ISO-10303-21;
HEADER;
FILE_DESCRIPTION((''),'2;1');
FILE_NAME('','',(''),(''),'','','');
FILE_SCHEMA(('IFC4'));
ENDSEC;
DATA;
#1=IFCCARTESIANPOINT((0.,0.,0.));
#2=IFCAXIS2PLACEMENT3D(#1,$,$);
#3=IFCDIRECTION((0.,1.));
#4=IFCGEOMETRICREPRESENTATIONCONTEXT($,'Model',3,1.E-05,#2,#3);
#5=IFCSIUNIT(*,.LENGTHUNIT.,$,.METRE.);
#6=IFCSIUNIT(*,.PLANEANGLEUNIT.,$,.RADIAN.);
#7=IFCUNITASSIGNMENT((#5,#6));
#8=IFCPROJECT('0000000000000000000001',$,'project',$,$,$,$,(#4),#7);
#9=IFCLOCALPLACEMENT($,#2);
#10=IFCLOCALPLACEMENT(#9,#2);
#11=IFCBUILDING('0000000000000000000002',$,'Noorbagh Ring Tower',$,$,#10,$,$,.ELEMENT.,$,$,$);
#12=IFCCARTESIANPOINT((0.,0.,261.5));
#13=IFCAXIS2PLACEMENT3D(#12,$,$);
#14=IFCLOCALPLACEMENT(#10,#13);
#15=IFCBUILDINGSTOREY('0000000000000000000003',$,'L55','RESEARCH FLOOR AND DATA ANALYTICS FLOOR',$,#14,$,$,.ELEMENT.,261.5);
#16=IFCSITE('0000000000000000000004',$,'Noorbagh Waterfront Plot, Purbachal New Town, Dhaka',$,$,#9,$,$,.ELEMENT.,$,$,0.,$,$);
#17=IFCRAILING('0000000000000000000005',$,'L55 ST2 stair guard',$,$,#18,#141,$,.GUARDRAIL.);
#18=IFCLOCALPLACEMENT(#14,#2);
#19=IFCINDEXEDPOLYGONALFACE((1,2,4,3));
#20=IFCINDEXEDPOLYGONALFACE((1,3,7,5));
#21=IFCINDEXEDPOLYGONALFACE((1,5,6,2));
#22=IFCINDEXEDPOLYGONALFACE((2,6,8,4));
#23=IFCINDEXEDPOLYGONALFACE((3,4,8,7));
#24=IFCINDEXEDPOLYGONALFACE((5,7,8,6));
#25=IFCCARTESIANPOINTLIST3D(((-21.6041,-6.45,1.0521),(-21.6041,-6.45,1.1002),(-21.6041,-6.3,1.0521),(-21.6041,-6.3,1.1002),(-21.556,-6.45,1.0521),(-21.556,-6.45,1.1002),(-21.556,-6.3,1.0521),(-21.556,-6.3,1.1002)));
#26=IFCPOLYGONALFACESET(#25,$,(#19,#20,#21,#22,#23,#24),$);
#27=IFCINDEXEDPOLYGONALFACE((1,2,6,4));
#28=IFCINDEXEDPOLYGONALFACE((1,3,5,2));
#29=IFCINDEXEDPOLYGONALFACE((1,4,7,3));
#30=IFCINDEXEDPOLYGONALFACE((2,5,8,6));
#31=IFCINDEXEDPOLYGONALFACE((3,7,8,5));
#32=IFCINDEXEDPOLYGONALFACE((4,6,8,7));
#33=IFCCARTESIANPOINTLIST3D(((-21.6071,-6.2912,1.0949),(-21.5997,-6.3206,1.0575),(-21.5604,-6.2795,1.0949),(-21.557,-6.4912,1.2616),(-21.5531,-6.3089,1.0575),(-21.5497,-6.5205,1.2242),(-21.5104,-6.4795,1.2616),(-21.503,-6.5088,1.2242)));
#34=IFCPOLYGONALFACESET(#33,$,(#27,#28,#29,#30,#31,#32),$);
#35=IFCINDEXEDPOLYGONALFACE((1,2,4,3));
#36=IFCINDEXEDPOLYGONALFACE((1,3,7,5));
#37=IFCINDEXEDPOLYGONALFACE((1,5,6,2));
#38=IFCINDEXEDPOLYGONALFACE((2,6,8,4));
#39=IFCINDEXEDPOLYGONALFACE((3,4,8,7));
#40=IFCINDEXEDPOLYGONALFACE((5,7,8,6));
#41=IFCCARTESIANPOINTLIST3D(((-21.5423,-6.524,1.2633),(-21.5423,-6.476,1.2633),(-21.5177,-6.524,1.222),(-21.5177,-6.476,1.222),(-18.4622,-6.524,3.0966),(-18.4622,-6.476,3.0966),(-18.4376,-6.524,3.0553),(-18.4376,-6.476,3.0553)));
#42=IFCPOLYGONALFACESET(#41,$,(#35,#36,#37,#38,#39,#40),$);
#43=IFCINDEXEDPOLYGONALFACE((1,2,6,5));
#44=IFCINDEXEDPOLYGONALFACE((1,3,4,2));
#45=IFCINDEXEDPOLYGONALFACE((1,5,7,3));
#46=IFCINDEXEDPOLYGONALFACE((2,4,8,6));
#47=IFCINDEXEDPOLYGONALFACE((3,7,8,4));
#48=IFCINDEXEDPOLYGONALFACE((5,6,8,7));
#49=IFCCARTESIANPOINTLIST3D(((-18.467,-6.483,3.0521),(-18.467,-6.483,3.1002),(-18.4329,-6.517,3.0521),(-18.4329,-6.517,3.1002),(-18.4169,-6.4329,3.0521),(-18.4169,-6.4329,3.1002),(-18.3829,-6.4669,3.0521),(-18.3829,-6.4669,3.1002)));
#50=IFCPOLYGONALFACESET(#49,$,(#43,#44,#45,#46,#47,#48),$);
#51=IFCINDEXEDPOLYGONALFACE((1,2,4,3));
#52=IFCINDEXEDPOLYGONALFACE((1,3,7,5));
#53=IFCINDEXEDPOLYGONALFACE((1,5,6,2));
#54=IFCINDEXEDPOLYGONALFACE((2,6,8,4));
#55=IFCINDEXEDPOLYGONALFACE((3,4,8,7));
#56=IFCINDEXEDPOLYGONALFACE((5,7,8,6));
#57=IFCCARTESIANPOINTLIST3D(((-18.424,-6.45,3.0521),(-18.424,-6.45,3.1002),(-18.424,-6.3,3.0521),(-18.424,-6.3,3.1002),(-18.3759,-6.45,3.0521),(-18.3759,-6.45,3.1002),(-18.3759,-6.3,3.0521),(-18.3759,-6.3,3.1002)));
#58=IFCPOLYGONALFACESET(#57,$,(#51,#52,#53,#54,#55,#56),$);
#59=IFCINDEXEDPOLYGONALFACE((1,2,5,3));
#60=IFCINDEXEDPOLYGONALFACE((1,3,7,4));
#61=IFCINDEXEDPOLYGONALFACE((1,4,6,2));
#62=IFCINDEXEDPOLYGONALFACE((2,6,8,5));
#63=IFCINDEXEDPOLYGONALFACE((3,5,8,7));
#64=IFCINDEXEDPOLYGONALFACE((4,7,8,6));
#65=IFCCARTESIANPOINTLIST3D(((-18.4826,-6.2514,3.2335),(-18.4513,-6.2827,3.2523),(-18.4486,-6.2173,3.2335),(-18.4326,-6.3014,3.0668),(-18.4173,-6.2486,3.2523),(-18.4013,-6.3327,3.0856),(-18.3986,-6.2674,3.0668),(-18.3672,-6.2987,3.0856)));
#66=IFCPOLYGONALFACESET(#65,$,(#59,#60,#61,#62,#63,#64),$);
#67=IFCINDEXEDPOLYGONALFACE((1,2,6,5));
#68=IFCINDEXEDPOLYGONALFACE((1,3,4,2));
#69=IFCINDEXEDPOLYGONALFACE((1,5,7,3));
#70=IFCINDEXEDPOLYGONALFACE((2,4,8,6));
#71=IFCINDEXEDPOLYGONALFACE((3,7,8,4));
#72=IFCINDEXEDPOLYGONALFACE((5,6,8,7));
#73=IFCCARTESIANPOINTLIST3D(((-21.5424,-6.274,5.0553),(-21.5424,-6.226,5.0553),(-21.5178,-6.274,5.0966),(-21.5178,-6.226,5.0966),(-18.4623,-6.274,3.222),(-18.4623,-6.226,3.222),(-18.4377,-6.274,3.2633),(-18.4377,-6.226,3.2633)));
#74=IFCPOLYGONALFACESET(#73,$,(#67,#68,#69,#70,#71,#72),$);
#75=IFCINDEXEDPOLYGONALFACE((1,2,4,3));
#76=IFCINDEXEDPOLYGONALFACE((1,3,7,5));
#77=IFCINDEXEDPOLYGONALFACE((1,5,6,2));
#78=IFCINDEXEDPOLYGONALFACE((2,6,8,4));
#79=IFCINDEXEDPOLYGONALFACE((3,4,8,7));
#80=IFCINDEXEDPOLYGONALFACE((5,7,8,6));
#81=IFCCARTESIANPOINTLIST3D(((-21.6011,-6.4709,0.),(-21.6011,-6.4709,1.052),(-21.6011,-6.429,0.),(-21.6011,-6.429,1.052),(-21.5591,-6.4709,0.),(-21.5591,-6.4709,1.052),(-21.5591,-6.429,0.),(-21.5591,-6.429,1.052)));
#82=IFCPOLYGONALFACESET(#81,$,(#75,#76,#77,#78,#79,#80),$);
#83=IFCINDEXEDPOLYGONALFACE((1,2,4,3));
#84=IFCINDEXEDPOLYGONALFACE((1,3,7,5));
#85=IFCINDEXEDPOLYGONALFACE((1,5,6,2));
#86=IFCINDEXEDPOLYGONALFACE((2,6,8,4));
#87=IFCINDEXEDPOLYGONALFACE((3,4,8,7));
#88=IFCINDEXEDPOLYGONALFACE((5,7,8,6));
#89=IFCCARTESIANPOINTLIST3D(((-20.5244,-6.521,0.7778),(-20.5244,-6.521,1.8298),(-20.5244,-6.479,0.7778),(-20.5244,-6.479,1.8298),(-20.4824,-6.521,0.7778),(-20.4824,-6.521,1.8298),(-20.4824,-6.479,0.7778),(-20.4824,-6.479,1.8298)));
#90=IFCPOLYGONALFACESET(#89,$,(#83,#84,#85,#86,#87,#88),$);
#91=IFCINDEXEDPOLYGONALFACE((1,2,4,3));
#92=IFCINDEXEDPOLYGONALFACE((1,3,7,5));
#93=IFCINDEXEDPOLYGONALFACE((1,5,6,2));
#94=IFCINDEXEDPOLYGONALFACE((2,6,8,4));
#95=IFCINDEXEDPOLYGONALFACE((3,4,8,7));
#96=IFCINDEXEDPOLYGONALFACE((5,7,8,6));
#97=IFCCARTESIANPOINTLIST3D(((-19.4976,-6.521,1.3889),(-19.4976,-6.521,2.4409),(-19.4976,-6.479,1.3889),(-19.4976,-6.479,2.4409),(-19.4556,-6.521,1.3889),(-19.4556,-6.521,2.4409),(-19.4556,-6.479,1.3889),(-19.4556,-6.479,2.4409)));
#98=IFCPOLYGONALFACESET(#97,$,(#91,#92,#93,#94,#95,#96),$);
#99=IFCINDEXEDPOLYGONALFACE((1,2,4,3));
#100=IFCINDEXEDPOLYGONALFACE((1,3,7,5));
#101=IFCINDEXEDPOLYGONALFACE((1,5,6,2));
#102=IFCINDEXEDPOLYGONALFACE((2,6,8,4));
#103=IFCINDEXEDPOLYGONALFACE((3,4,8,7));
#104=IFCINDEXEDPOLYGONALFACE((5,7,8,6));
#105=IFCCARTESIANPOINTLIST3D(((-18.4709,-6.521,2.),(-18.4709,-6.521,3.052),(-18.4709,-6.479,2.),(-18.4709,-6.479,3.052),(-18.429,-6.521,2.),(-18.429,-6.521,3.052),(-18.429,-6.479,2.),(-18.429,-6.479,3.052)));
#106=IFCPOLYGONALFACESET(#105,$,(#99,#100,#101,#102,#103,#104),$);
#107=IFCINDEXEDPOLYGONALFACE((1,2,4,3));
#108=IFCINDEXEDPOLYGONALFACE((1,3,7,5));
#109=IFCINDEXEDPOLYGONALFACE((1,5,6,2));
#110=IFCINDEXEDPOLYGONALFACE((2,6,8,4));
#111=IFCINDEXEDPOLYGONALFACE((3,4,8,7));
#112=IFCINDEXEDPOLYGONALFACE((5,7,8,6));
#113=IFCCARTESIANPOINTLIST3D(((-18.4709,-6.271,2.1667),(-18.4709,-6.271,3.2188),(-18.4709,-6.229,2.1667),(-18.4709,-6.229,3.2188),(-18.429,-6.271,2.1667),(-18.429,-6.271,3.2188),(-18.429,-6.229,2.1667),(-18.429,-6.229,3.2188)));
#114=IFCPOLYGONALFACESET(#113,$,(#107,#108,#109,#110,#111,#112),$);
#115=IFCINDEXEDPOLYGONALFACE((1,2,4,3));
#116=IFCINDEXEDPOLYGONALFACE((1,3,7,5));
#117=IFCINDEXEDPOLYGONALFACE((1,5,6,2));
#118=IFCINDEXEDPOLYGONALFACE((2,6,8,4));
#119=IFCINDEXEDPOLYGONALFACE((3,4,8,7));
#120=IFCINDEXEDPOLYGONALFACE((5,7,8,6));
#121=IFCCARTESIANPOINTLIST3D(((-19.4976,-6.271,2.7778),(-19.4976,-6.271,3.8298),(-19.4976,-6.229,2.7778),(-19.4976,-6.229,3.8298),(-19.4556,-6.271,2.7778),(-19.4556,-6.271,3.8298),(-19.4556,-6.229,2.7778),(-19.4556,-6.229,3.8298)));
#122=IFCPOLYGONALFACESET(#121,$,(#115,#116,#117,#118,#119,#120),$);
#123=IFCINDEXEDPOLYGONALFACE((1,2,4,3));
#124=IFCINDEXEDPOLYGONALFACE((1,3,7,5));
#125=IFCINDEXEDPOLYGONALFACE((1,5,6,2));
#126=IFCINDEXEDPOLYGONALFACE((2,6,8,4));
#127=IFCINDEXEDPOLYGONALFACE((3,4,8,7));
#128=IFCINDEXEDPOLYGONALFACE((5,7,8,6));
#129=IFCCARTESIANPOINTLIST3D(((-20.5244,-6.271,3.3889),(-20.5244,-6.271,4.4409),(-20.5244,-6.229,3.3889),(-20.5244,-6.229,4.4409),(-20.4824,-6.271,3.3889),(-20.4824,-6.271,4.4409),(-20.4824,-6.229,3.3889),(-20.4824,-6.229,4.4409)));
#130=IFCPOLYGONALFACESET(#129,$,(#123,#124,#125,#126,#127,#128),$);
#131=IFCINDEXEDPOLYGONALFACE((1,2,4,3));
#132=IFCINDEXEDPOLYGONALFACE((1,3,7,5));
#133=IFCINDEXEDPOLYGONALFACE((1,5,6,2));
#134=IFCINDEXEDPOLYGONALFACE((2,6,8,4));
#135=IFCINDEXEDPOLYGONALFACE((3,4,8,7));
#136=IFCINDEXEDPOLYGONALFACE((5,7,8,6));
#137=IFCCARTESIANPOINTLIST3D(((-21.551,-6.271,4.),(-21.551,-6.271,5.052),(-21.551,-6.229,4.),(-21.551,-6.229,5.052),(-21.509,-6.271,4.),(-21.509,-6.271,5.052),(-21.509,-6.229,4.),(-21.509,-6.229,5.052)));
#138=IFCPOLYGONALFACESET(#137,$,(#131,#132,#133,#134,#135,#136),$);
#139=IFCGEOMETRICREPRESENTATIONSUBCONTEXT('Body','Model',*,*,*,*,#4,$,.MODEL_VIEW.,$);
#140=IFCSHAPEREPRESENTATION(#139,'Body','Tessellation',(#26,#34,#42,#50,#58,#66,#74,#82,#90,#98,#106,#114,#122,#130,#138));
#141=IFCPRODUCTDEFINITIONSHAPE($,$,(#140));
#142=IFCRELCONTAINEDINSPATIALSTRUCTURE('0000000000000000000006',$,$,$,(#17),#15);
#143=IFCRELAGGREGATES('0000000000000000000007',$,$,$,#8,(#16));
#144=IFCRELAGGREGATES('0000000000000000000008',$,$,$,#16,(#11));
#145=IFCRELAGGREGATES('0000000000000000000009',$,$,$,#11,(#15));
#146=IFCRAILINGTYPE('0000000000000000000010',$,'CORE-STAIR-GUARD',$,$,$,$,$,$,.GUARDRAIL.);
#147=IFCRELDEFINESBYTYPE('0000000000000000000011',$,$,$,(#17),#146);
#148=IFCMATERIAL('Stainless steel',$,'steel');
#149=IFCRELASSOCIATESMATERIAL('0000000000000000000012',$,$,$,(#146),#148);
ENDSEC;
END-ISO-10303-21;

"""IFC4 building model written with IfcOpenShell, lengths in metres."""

from ifc_helpers import new_model, si_unit, direction, frame, origin, origin_2d, place, context, subcontext, project, spatial, rectangle, extrude, material, type_object, element, save


model = new_model("IFC4")

# Units and contexts
model_context = context("Model", 3, precision=1e-05, world=origin(), true_north=direction((0.0, 1.0)))
body_context = subcontext(model_context, "Body", "Model", "MODEL_VIEW")
ifc_project = project(units=[si_unit("LENGTHUNIT", "METRE"), si_unit("PLANEANGLEUNIT", "RADIAN")], contexts=[model_context])

# Site, building, storey
site_placement = place(None, origin())
site = spatial("IfcSite", under=ifc_project, at=site_placement, Name="Noorbagh Waterfront Plot, Purbachal New Town, Dhaka", CompositionType="ELEMENT", RefElevation=0.0)
building_placement = place(site_placement, origin())
building = spatial("IfcBuilding", under=site, at=building_placement, Name="Noorbagh Ring Tower", CompositionType="ELEMENT")
storey_placement = place(building_placement, frame((0.0, 0.0, 261.5)))
storey = spatial("IfcBuildingStorey", under=building, at=storey_placement, Name="L55", Description="RESEARCH FLOOR AND DATA ANALYTICS FLOOR", CompositionType="ELEMENT", Elevation=261.5)

# Railing
ifc_material_1 = material(Name="Stainless steel", Category="steel")
railing_type_1 = type_object("IfcRailingType", Name="CORE-STAIR-GUARD", PredefinedType="GUARDRAIL", material=ifc_material_1)
railing_1_placement = place(storey_placement, frame((-21.5801, -6.45, 0.0)))
element("IfcRailing", 1, at=railing_1_placement, inside=storey, type_object=railing_type_1, Name="L55 ST2 stair guard", PredefinedType="GUARDRAIL", context=body_context, shape_type="SweptSolid", body=[
    extrude(rectangle(XDim=0.0481, YDim=0.0481, at=origin_2d()), frame((0.0, 0.0, 1.0762), z_axis=(0.0, 1.0, 0.0), x_axis=(-1.0, 0.0, 0.0)), (0.0, 0.0, 1.0), 0.1499),
    extrude(rectangle(XDim=0.0481, YDim=0.0481, at=origin_2d()), frame((0.0, 0.1499, 1.0762), z_axis=(0.188776, -0.754182, 0.628946), x_axis=(0.970073, 0.242814, 0.0)), (0.0, 0.0, 1.0), 0.2651),
    extrude(rectangle(XDim=0.0481, YDim=0.0481, at=origin_2d()), frame((0.05, -0.05, 1.2427), z_axis=(0.859309, 0.0, 0.511458), x_axis=(0.0, 1.0, 0.0)), (0.0, 0.0, 1.0), 3.5845),
    extrude(rectangle(XDim=0.0481, YDim=0.0481, at=origin_2d()), frame((3.1301, -0.05, 3.0762), z_axis=(0.707107, 0.707107, 0.0), x_axis=(-0.707107, 0.707107, 0.0)), (0.0, 0.0, 1.0), 0.0708),
    extrude(rectangle(XDim=0.0481, YDim=0.0481, at=origin_2d()), frame((3.1802, 0.0, 3.0762), z_axis=(0.0, 1.0, 0.0), x_axis=(-1.0, 0.0, 0.0)), (0.0, 0.0, 1.0), 0.1499),
    extrude(rectangle(XDim=0.0481, YDim=0.0481, at=origin_2d()), frame((3.1802, 0.1499, 3.0762), z_axis=(-0.276287, 0.276287, 0.920506), x_axis=(-0.707107, -0.707107, 0.0)), (0.0, 0.0, 1.0), 0.1812),
    extrude(rectangle(XDim=0.0481, YDim=0.0481, at=origin_2d()), frame((3.1301, 0.2, 3.2427), z_axis=(-0.859309, 0.0, 0.511458), x_axis=(0.0, -1.0, 0.0)), (0.0, 0.0, 1.0), 3.5845),
    extrude(rectangle(XDim=0.042, YDim=0.042, at=origin_2d()), origin(), (0.0, 0.0, 1.0), 1.052),
    extrude(rectangle(XDim=0.042, YDim=0.042, at=origin_2d()), frame((1.0767, -0.05, 0.7778)), (0.0, 0.0, 1.0), 1.052),
    extrude(rectangle(XDim=0.042, YDim=0.042, at=origin_2d()), frame((2.1035, -0.05, 1.3889)), (0.0, 0.0, 1.0), 1.052),
    extrude(rectangle(XDim=0.042, YDim=0.042, at=origin_2d()), frame((3.1301, -0.05, 2.0)), (0.0, 0.0, 1.0), 1.052),
    extrude(rectangle(XDim=0.042, YDim=0.042, at=origin_2d()), frame((3.1301, 0.2, 2.1667)), (0.0, 0.0, 1.0), 1.052),
    extrude(rectangle(XDim=0.042, YDim=0.042, at=origin_2d()), frame((2.1035, 0.2, 2.7778)), (0.0, 0.0, 1.0), 1.052),
    extrude(rectangle(XDim=0.042, YDim=0.042, at=origin_2d()), frame((1.0767, 0.2, 3.3889)), (0.0, 0.0, 1.0), 1.052),
    extrude(rectangle(XDim=0.042, YDim=0.042, at=origin_2d()), frame((0.05, 0.2, 4.0)), (0.0, 0.0, 1.0), 1.052),
])

save(model, "model.ifc")
